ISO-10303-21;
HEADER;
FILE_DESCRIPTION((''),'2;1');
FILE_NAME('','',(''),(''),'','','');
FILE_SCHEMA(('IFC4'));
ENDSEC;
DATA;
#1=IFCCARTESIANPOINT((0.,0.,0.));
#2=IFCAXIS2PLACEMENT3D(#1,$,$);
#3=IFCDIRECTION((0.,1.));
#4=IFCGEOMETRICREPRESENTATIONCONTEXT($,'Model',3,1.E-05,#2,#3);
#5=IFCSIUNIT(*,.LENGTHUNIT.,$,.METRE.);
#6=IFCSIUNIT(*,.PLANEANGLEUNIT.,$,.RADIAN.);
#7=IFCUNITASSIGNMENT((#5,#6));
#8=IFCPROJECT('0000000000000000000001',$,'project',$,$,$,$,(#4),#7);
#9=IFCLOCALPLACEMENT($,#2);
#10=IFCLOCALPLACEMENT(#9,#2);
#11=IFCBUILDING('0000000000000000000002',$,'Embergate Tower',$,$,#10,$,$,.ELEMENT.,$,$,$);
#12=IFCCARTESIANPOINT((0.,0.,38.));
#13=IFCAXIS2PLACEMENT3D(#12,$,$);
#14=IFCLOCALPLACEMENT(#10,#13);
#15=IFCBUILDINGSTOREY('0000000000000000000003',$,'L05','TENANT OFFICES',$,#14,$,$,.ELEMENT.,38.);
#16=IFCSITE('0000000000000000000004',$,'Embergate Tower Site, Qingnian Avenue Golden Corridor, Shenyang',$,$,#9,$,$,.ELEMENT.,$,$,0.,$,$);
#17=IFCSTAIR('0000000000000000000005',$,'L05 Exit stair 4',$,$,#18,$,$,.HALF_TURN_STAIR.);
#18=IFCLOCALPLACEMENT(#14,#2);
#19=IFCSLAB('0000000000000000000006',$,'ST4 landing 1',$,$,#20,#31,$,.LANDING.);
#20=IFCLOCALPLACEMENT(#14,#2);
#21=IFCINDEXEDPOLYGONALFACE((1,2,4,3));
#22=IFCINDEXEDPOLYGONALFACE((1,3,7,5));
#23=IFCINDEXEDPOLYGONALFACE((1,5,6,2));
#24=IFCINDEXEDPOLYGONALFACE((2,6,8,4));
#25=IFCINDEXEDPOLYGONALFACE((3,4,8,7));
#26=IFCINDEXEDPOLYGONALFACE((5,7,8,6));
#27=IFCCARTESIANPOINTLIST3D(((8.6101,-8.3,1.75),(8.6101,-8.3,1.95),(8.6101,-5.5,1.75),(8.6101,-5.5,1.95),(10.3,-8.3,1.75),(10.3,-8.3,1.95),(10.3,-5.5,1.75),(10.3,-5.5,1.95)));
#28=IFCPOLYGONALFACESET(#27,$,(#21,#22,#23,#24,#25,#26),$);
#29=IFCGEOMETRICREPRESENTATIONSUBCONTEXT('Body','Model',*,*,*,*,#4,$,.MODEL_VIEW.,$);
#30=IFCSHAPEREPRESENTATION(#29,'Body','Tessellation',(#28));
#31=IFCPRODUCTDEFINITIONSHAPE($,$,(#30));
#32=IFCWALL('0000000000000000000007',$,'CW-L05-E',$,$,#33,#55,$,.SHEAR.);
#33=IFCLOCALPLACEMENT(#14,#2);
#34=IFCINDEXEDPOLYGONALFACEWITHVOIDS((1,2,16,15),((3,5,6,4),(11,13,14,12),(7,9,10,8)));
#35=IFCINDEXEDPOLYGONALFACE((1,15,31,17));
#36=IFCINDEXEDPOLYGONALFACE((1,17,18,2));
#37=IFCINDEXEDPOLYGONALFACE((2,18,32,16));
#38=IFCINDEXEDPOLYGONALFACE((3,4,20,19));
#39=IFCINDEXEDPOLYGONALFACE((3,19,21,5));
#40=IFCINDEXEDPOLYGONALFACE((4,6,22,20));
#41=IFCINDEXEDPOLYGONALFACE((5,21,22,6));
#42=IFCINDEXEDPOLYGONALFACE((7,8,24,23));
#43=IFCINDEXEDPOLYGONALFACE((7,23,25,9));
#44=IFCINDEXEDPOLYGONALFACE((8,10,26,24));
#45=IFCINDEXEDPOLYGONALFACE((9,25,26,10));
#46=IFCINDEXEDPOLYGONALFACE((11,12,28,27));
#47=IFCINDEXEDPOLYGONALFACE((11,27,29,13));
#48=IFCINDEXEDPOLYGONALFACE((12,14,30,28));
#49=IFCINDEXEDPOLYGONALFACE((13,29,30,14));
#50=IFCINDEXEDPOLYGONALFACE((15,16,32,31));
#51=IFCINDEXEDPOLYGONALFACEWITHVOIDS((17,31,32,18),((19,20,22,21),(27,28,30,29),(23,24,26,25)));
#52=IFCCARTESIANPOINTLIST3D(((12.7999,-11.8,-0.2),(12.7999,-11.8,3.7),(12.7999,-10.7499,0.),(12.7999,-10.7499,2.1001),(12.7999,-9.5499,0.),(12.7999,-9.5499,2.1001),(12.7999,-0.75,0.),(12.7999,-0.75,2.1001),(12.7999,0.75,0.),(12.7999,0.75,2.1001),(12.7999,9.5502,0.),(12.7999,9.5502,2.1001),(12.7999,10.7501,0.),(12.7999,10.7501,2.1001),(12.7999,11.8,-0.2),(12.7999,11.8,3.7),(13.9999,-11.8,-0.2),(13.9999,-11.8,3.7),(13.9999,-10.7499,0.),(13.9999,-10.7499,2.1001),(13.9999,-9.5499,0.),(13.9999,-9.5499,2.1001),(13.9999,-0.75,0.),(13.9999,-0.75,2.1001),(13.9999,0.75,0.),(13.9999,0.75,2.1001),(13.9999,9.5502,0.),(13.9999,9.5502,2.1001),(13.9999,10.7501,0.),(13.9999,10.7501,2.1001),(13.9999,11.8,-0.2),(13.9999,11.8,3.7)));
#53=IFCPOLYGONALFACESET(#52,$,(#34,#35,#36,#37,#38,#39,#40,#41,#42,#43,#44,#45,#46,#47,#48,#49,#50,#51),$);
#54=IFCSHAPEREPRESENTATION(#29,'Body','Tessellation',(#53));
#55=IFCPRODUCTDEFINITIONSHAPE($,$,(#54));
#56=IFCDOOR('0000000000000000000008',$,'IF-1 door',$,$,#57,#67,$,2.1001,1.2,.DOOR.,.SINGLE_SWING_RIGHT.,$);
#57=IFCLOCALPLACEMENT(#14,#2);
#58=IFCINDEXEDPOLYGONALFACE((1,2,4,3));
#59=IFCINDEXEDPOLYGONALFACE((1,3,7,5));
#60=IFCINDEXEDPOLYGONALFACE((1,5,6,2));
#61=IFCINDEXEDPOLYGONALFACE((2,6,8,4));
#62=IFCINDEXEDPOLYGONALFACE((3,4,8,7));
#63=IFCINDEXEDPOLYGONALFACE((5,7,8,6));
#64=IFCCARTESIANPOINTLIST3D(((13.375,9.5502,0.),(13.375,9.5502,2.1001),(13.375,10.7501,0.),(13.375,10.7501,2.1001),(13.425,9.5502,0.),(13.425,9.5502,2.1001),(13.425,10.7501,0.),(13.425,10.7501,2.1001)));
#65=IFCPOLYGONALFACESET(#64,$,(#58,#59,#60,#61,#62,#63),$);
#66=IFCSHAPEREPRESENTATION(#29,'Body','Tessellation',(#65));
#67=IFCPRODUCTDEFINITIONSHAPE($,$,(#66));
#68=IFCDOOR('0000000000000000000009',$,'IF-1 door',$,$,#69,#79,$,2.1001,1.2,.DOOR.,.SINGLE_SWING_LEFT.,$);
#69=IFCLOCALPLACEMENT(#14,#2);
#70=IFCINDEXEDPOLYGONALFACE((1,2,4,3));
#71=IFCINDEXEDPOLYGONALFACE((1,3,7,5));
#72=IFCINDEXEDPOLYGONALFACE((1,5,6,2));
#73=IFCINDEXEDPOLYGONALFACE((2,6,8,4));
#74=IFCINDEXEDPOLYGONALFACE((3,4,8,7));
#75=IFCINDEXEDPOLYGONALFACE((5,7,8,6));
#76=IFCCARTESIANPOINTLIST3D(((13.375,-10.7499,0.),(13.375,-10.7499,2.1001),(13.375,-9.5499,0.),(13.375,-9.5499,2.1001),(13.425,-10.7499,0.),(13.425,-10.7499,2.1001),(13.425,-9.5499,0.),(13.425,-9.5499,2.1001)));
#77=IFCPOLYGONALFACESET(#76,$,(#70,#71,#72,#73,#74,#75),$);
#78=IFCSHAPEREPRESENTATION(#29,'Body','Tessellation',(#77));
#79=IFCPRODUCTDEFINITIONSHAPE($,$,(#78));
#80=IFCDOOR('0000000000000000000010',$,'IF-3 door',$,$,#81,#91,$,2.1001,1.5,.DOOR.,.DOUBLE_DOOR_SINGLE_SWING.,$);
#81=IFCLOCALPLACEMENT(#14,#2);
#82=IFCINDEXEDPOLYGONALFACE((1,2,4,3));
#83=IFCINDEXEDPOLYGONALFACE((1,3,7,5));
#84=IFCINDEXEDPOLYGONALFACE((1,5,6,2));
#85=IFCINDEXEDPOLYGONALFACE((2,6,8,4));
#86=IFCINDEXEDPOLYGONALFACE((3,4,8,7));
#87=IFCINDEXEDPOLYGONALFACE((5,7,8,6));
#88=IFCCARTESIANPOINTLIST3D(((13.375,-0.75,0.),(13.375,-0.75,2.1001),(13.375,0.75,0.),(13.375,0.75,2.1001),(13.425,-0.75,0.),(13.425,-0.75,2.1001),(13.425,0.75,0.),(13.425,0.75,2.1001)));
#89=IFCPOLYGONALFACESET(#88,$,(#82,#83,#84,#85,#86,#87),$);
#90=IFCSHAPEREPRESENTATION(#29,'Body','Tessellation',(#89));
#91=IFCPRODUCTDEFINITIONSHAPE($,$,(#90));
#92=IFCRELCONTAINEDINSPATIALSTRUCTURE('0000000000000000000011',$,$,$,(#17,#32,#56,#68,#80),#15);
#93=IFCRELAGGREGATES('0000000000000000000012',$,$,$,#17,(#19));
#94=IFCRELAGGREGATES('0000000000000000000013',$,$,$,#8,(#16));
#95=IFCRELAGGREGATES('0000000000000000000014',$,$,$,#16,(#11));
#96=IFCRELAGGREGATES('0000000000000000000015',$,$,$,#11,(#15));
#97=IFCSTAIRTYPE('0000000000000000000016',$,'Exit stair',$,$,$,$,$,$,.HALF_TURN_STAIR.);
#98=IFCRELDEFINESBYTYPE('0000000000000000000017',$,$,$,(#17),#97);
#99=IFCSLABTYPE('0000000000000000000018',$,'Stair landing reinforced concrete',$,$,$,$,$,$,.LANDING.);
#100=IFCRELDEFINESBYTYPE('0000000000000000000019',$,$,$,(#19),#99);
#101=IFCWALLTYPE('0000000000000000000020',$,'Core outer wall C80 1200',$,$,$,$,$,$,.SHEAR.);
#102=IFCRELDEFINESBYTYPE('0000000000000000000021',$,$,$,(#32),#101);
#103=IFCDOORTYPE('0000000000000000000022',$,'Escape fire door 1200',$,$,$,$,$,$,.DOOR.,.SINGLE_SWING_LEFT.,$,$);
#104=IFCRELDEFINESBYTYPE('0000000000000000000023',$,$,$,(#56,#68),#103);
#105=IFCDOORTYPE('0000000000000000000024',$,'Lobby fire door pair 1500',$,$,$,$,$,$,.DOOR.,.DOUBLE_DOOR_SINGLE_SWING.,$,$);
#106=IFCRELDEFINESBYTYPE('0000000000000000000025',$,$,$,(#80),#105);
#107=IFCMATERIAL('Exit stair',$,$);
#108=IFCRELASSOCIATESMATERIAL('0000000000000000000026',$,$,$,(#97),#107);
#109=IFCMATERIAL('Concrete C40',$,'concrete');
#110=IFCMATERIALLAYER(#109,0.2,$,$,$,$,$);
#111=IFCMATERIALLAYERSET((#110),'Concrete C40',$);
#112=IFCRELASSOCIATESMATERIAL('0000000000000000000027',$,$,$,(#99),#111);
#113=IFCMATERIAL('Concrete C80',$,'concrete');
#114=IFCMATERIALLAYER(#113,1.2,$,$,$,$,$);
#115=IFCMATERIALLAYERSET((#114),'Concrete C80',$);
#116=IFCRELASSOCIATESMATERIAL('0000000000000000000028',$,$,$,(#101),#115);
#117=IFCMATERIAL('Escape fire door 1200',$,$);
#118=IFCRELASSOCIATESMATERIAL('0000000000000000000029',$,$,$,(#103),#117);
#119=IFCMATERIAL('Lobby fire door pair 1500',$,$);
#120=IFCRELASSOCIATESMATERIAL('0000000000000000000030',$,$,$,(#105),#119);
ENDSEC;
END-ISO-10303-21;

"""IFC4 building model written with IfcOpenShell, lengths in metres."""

from ifc_helpers import new_model, si_unit, direction, frame, frame_2d, origin, place, context, subcontext, project, spatial, polyline, rectangle, outline, extrude, source, transform, mapped, material, layer, layer_set, type_object, element, fill, aggregate, save


model = new_model("IFC4")

# Units and contexts
model_context = context("Model", 3, precision=1e-05, world=origin(), true_north=direction((0.0, 1.0)))
body_context = subcontext(model_context, "Body", "Model", "MODEL_VIEW")
ifc_project = project(units=[si_unit("LENGTHUNIT", "METRE"), si_unit("PLANEANGLEUNIT", "RADIAN")], contexts=[model_context])

# Site, building, storey
site_placement = place(None, origin())
site = spatial("IfcSite", under=ifc_project, at=site_placement, Name="Embergate Tower Site, Qingnian Avenue Golden Corridor, Shenyang", CompositionType="ELEMENT", RefElevation=0.0)
building_placement = place(site_placement, origin())
building = spatial("IfcBuilding", under=site, at=building_placement, Name="Embergate Tower", CompositionType="ELEMENT")
storey_placement = place(building_placement, frame((0.0, 0.0, 38.0)))
storey = spatial("IfcBuildingStorey", under=building, at=storey_placement, Name="L05", Description="TENANT OFFICES", CompositionType="ELEMENT", Elevation=38.0)

# Stair, slab
ifc_material_1 = material(Name="Exit stair")
stair_type = type_object("IfcStairType", Name="Exit stair", PredefinedType="HALF_TURN_STAIR", material=ifc_material_1)
stair_placement = place(storey_placement, origin())
stair = element("IfcStair", 1, at=stair_placement, inside=storey, type_object=stair_type, Name="L05 Exit stair 4", PredefinedType="HALF_TURN_STAIR")
ifc_material_2 = material(Name="Concrete C40", Category="concrete")
ifc_layer_1 = layer(ifc_material_2, 0.2)
ifc_layer_set_1 = layer_set([ifc_layer_1], Name="Concrete C40")
slab_type = type_object("IfcSlabType", Name="Stair landing reinforced concrete", PredefinedType="LANDING", material=ifc_layer_set_1)
shared_shape_1 = source(origin(), body_context, "Body", "SweptSolid", [
    extrude(outline(polyline([(0.0, 0.0), (1.6899, 0.0), (1.6899, 2.8), (0.0, 2.8), (0.0, 0.0)])), origin(), (0.0, 0.0, 1.0), 0.2),
])
slab_placement = place(storey_placement, frame((8.6101, -8.3, 1.75)))
slab = element("IfcSlab", 2, at=slab_placement, type_object=slab_type, Name="ST4 landing 1", PredefinedType="LANDING", context=body_context, shape_type="MappedRepresentation", body=[
    mapped(shared_shape_1, transform((0.0, 0.0, 0.0))),
])
aggregate(stair, [slab])

# Wall, openings, doors
ifc_material_3 = material(Name="Concrete C80", Category="concrete")
ifc_layer_2 = layer(ifc_material_3, 1.2)
ifc_layer_set_2 = layer_set([ifc_layer_2], Name="Concrete C80")
wall_type_1 = type_object("IfcWallType", Name="Core outer wall C80 1200", PredefinedType="SHEAR", material=ifc_layer_set_2)
shared_shape_2 = source(origin(), body_context, "Body", "SweptSolid", [
    extrude(rectangle(XDim=23.6001, YDim=1.2, at=frame_2d((11.8, 0.0))), origin(), (0.0, 0.0, 1.0), 3.8999),
])
wall_1_placement = place(storey_placement, frame((13.3999, -11.8, -0.2), z_axis=(0.0, 0.0, 1.0), x_axis=(0.0, 1.0, 0.0)))
wall_1 = element("IfcWall", 3, at=wall_1_placement, inside=storey, type_object=wall_type_1, Name="CW-L05-E", PredefinedType="SHEAR", context=body_context, shape_type="MappedRepresentation", body=[
    mapped(shared_shape_2, transform((0.0, 0.0, 0.0))),
])
shared_shape_3 = source(origin(), body_context, "Body", "SweptSolid", [
    extrude(rectangle(XDim=1.2, YDim=2.1001, at=frame_2d((0.6001, 1.05))), frame((0.0, 0.6099, 0.0), z_axis=(0.0, -1.0, 0.0), x_axis=(1.0, 0.0, 0.0)), (0.0, 0.0, 1.0), 1.22),
])
opening_1_placement = place(wall_1_placement, frame((21.3501, 0.0, 0.2)))
opening_1 = element("IfcOpeningElement", 4, at=opening_1_placement, cuts=wall_1, PredefinedType="OPENING", context=body_context, shape_type="MappedRepresentation", body=[
    mapped(shared_shape_3, transform((0.0, 0.0, 0.0))),
])
opening_2_placement = place(wall_1_placement, frame((1.05, 0.0, 0.2)))
opening_2 = element("IfcOpeningElement", 5, at=opening_2_placement, cuts=wall_1, PredefinedType="OPENING", context=body_context, shape_type="MappedRepresentation", body=[
    mapped(shared_shape_3, transform((0.0, 0.0, 0.0))),
])
shared_shape_4 = source(origin(), body_context, "Body", "SweptSolid", [
    extrude(rectangle(XDim=1.5, YDim=2.1001, at=frame_2d((0.75, 1.05))), frame((0.0, 0.6099, 0.0), z_axis=(0.0, -1.0, 0.0), x_axis=(1.0, 0.0, 0.0)), (0.0, 0.0, 1.0), 1.22),
])
opening_3_placement = place(wall_1_placement, frame((11.05, 0.0, 0.2)))
opening_3 = element("IfcOpeningElement", 6, at=opening_3_placement, cuts=wall_1, PredefinedType="OPENING", context=body_context, shape_type="MappedRepresentation", body=[
    mapped(shared_shape_4, transform((0.0, 0.0, 0.0))),
])
ifc_material_4 = material(Name="Escape fire door 1200")
door_type_1 = type_object("IfcDoorType", Name="Escape fire door 1200", OperationType="SINGLE_SWING_LEFT", PredefinedType="DOOR", material=ifc_material_4)
shared_shape_5 = source(origin(), body_context, "Body", "SweptSolid", [
    extrude(rectangle(XDim=1.2, YDim=2.1001, at=frame_2d((0.6001, 1.05))), frame((0.0, 0.0249, 0.0), z_axis=(0.0, -1.0, 0.0), x_axis=(1.0, 0.0, 0.0)), (0.0, 0.0, 1.0), 0.05),
])
door_1_placement = place(opening_1_placement, origin())
door_1 = element("IfcDoor", 7, at=door_1_placement, inside=storey, type_object=door_type_1, Name="IF-1 door", OperationType="SINGLE_SWING_RIGHT", OverallHeight=2.1001, OverallWidth=1.2, PredefinedType="DOOR", context=body_context, shape_type="MappedRepresentation", body=[
    mapped(shared_shape_5, transform((0.0, 0.0, 0.0))),
])
fill(opening_1, door_1)
door_2_placement = place(opening_2_placement, origin())
door_2 = element("IfcDoor", 8, at=door_2_placement, inside=storey, type_object=door_type_1, Name="IF-1 door", OperationType="SINGLE_SWING_LEFT", OverallHeight=2.1001, OverallWidth=1.2, PredefinedType="DOOR", context=body_context, shape_type="MappedRepresentation", body=[
    mapped(shared_shape_5, transform((0.0, 0.0, 0.0))),
])
fill(opening_2, door_2)
ifc_material_5 = material(Name="Lobby fire door pair 1500")
door_type_2 = type_object("IfcDoorType", Name="Lobby fire door pair 1500", OperationType="DOUBLE_DOOR_SINGLE_SWING", PredefinedType="DOOR", material=ifc_material_5)
shared_shape_6 = source(origin(), body_context, "Body", "SweptSolid", [
    extrude(rectangle(XDim=1.5, YDim=2.1001, at=frame_2d((0.75, 1.05))), frame((0.0, 0.0249, 0.0), z_axis=(0.0, -1.0, 0.0), x_axis=(1.0, 0.0, 0.0)), (0.0, 0.0, 1.0), 0.05),
])
door_3_placement = place(opening_3_placement, origin())
door_3 = element("IfcDoor", 9, at=door_3_placement, inside=storey, type_object=door_type_2, Name="IF-3 door", OperationType="DOUBLE_DOOR_SINGLE_SWING", OverallHeight=2.1001, OverallWidth=1.5, PredefinedType="DOOR", context=body_context, shape_type="MappedRepresentation", body=[
    mapped(shared_shape_6, transform((0.0, 0.0, 0.0))),
])
fill(opening_3, door_3)

save(model, "model.ifc")
